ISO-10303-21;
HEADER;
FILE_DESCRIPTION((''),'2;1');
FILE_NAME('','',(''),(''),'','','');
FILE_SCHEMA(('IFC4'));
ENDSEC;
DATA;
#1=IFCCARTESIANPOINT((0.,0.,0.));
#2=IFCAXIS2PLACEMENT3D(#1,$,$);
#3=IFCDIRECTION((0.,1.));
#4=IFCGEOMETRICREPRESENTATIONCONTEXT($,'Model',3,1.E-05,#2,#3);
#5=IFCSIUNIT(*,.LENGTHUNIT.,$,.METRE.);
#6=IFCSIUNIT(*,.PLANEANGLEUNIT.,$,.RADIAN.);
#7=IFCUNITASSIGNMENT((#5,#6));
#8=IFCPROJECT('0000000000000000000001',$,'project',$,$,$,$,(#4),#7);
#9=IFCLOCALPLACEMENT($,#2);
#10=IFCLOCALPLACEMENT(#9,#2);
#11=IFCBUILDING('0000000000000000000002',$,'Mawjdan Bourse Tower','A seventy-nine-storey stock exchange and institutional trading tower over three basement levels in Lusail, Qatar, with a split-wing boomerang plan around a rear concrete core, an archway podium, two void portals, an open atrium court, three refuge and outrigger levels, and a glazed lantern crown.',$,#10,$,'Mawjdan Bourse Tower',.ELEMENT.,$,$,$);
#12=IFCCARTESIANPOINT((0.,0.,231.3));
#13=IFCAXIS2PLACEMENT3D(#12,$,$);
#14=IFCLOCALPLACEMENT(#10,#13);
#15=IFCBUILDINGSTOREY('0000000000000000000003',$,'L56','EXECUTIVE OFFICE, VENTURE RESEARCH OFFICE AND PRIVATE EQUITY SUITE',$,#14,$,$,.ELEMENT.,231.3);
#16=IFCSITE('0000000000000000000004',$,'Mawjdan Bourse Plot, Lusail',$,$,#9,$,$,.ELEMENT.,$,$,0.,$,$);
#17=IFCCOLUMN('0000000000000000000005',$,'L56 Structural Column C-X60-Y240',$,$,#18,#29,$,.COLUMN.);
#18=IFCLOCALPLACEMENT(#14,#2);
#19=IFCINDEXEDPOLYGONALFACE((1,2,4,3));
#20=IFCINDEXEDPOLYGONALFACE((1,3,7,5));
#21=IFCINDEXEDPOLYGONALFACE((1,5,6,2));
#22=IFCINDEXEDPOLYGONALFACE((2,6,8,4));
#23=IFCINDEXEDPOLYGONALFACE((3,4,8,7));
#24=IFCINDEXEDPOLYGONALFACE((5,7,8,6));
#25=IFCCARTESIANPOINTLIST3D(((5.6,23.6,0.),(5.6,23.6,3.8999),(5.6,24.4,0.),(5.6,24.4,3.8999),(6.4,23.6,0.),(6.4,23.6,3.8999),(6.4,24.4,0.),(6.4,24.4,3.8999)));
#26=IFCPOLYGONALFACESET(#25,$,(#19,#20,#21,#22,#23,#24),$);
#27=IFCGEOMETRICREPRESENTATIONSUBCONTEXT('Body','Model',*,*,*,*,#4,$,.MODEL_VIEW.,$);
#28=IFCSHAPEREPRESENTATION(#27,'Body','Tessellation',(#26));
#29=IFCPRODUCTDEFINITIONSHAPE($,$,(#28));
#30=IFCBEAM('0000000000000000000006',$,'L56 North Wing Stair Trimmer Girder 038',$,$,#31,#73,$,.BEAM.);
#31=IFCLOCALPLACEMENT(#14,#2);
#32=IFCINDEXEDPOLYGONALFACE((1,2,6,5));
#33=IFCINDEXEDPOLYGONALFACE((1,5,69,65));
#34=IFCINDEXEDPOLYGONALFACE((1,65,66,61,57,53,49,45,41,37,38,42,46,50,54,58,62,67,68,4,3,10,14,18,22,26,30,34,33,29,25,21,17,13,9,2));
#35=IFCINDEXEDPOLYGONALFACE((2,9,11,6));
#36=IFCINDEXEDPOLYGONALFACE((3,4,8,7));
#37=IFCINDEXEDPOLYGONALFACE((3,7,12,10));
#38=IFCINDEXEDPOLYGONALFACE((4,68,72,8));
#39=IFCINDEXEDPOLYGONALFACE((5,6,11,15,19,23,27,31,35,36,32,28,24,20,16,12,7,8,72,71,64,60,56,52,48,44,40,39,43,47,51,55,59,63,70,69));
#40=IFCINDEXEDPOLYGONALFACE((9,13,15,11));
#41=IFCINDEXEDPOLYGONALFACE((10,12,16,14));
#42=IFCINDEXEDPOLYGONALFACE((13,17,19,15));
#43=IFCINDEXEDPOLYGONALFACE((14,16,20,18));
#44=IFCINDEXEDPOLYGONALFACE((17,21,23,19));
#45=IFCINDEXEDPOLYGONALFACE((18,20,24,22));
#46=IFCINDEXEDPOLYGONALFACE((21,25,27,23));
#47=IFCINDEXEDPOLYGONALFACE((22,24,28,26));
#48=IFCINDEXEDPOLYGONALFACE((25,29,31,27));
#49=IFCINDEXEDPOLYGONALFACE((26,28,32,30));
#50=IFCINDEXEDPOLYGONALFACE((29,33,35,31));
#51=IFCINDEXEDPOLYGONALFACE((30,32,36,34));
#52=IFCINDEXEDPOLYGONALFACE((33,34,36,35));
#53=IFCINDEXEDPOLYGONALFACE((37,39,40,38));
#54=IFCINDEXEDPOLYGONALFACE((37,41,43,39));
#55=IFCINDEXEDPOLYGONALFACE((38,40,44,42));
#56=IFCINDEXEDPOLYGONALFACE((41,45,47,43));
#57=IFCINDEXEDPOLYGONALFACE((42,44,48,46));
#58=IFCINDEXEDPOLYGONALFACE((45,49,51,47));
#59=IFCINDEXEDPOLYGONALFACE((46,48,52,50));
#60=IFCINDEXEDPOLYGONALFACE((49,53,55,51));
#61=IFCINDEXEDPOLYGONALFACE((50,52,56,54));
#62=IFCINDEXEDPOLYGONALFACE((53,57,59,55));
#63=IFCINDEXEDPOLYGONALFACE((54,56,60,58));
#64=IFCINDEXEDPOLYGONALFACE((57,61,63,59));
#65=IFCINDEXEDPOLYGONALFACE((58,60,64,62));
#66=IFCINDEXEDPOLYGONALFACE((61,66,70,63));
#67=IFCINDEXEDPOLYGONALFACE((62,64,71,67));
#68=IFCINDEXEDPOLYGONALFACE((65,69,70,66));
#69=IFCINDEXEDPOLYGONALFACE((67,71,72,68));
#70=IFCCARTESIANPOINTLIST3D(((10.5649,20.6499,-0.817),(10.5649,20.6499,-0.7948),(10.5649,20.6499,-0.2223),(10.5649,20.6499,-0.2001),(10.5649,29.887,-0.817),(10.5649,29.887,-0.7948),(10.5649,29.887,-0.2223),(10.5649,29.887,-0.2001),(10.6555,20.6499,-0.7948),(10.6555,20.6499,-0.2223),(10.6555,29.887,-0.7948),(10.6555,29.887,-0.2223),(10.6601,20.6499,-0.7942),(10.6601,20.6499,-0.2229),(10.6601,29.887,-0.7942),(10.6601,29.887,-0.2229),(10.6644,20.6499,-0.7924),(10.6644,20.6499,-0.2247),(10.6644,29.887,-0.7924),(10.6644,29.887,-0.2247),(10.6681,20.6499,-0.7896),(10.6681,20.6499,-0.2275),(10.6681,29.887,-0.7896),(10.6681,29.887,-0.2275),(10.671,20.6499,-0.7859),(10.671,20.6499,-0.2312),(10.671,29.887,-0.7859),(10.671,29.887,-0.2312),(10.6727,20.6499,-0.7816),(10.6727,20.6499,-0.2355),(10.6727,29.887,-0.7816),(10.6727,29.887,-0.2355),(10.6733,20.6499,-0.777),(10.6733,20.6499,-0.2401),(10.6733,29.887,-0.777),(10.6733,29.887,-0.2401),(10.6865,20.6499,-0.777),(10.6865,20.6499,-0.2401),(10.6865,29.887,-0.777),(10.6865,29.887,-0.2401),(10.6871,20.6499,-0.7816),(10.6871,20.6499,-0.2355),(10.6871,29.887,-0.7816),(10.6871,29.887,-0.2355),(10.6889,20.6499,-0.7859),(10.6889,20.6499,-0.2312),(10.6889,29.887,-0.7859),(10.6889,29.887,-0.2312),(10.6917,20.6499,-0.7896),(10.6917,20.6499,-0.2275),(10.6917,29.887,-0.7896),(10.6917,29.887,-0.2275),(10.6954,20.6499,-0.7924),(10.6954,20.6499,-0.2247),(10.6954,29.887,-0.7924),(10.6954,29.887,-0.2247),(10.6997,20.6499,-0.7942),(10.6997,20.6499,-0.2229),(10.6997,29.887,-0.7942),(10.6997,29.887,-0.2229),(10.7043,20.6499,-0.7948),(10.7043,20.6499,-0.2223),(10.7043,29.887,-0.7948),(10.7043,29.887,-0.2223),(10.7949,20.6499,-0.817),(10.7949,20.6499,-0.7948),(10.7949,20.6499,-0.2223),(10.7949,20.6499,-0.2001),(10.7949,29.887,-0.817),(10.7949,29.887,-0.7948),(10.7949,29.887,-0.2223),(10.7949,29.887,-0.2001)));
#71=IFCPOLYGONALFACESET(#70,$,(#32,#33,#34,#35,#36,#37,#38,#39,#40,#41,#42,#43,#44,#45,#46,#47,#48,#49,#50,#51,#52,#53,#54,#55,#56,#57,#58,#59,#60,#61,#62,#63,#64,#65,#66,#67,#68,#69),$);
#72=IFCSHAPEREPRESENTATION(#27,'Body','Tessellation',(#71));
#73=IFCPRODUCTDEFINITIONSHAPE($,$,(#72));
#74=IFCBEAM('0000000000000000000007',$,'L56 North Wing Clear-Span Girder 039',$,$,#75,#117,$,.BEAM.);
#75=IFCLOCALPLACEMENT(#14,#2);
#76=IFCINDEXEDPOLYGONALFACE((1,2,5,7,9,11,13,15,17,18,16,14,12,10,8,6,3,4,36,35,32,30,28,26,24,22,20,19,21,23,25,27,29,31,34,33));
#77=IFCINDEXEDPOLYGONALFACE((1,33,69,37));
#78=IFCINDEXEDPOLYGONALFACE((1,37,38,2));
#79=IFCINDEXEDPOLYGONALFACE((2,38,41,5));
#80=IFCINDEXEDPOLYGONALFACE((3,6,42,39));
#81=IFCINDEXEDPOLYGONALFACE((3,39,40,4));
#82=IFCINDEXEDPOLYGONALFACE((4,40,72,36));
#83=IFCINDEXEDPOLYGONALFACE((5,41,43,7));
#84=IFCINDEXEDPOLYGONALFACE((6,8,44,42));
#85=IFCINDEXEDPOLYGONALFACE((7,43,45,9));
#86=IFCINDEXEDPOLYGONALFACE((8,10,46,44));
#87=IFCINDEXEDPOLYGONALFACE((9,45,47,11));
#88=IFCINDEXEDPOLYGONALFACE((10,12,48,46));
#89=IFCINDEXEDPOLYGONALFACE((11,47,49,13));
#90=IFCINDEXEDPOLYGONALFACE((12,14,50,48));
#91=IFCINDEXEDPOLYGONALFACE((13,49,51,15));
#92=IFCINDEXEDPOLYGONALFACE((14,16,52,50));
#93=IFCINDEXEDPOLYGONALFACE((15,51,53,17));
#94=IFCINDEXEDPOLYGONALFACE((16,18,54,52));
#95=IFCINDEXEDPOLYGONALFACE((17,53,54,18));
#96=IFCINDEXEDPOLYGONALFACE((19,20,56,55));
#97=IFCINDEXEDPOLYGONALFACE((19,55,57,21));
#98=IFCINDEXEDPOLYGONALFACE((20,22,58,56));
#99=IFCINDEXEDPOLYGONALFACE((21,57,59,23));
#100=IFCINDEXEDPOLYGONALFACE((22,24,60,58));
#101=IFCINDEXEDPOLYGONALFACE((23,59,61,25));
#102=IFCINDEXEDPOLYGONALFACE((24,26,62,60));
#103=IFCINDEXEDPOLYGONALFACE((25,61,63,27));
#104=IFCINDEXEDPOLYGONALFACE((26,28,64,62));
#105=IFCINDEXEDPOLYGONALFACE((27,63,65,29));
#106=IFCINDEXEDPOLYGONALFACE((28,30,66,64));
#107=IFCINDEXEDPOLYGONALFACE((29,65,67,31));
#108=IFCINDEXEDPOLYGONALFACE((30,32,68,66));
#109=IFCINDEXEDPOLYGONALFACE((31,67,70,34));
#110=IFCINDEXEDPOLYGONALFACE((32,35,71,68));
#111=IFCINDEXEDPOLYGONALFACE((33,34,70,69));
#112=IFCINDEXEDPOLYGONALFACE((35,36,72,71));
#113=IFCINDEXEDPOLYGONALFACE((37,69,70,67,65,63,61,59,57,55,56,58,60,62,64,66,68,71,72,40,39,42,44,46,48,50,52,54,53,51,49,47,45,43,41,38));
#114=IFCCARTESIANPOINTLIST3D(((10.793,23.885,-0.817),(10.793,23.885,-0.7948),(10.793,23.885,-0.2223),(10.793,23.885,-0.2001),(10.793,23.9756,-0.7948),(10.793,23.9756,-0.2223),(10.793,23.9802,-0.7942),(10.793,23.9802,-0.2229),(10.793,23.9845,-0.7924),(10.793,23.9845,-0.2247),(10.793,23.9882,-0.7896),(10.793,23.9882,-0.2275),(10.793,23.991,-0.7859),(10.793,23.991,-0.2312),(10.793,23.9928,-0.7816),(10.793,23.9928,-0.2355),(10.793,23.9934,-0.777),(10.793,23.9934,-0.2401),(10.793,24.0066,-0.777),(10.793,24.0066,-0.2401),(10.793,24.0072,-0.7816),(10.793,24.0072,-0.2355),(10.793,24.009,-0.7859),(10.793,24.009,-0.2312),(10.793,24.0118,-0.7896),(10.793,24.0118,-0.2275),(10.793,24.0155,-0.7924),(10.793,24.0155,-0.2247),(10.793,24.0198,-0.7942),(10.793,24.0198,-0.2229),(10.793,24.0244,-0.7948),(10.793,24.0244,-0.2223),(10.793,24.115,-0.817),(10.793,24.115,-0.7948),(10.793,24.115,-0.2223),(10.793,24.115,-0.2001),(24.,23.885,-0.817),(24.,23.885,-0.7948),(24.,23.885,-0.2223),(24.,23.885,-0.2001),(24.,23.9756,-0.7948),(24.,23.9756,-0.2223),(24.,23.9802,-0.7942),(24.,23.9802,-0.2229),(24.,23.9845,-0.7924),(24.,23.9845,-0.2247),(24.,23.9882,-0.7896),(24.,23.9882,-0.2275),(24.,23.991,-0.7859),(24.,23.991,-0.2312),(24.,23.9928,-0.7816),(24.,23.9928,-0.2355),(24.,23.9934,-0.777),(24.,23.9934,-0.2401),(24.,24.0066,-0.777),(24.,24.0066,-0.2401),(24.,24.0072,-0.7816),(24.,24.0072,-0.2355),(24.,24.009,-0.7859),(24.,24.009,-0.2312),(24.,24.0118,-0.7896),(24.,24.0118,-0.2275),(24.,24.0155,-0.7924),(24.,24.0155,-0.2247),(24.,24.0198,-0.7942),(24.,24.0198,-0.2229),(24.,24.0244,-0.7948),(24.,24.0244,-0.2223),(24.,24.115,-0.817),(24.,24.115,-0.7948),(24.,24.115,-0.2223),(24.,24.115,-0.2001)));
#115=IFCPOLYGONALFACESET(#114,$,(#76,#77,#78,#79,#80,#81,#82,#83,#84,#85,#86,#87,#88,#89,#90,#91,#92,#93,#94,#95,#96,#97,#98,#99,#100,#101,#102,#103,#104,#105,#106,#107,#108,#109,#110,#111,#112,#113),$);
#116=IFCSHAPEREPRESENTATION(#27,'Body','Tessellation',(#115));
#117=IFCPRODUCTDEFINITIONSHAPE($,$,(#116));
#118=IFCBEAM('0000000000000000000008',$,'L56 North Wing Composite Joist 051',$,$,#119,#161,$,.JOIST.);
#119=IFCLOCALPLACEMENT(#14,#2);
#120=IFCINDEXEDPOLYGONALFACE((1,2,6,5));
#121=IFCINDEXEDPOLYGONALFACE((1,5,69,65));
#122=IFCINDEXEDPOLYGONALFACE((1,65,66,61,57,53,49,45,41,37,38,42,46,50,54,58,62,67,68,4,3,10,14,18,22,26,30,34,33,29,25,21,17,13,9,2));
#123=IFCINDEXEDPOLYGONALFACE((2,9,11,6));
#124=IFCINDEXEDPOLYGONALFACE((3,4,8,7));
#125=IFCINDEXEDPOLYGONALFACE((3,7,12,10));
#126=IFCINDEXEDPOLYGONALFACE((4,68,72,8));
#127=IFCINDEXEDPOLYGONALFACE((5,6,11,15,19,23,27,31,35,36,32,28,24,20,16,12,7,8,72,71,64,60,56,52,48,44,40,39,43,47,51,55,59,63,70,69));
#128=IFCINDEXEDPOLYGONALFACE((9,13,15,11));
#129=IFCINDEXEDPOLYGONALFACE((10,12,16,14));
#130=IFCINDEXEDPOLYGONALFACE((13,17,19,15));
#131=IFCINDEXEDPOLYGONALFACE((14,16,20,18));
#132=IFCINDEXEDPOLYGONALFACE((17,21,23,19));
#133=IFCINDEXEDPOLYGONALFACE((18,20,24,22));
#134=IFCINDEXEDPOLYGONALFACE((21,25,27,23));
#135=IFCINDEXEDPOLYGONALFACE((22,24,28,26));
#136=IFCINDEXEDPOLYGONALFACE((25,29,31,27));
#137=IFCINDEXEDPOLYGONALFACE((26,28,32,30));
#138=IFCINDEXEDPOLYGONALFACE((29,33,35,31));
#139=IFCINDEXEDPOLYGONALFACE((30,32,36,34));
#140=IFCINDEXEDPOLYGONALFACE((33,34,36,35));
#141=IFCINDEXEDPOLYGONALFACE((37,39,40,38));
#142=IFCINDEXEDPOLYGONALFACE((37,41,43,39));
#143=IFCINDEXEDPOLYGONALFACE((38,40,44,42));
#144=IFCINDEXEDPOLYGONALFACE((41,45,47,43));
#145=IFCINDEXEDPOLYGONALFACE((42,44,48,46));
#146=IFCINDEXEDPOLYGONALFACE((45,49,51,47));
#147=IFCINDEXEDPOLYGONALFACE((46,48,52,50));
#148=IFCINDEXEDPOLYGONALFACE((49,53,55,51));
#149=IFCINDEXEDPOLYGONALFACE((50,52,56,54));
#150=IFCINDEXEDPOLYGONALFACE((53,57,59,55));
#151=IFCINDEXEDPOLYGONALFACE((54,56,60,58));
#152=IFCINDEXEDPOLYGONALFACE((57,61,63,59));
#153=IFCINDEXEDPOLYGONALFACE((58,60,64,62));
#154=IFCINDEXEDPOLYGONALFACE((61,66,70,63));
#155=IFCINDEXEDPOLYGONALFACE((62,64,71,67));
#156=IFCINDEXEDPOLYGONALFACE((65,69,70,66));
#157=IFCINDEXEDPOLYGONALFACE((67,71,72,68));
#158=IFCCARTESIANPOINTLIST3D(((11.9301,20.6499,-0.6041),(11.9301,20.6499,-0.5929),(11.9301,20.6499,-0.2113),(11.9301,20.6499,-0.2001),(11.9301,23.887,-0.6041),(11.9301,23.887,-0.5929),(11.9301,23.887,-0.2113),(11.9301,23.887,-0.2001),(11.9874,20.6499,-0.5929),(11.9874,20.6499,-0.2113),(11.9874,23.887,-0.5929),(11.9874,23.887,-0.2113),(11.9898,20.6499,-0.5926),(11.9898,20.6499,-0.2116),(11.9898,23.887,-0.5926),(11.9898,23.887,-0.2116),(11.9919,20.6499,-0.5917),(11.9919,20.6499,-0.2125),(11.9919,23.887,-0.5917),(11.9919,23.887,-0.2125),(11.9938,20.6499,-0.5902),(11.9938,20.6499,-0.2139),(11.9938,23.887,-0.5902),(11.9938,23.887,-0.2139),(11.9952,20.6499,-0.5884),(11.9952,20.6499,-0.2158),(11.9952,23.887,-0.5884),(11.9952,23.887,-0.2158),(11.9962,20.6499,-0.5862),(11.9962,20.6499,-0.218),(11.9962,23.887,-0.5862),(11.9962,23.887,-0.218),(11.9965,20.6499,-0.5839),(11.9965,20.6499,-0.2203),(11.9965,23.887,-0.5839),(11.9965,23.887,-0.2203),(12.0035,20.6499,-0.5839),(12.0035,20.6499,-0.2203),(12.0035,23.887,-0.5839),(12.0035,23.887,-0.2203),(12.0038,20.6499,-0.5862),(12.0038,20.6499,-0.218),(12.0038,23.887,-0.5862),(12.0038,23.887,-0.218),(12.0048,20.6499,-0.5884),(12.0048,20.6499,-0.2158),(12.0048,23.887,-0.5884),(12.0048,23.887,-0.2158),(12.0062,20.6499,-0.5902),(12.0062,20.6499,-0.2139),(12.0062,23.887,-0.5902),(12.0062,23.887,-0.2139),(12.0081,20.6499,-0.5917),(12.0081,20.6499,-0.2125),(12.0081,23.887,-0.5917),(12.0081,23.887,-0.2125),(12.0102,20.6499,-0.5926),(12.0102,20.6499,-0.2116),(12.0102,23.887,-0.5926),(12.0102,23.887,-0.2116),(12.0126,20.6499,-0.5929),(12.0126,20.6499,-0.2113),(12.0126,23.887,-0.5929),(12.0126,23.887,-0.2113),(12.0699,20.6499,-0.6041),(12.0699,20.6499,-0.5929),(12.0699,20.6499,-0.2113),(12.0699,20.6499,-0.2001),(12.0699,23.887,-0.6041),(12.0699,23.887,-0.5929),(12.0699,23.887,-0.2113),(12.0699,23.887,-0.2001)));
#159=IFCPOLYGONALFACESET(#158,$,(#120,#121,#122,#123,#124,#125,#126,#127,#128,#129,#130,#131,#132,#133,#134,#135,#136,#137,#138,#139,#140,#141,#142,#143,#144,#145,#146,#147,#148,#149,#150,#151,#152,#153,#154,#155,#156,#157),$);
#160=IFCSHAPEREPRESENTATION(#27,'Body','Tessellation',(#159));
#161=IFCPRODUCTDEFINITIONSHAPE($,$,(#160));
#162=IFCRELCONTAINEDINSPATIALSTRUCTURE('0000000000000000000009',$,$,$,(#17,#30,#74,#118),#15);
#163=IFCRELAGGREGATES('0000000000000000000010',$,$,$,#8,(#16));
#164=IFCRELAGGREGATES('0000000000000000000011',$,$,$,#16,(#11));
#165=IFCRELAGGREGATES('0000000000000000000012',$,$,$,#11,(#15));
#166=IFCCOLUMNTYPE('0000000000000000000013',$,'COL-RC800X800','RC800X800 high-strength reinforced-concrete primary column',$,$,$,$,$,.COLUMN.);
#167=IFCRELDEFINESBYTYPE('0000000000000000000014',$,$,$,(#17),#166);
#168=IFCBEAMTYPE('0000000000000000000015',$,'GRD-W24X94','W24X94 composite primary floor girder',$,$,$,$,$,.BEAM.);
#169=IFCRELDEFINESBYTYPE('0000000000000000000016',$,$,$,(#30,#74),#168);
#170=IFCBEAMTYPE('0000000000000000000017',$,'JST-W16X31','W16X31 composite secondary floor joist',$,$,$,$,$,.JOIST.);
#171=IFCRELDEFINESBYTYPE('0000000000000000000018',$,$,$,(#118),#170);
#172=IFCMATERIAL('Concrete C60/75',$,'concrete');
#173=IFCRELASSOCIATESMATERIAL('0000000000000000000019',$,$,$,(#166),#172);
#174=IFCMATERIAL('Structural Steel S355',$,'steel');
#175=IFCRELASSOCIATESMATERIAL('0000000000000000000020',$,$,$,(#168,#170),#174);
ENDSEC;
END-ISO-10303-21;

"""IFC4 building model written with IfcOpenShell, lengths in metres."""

from ifc_helpers import new_model, si_unit, direction, frame, origin, origin_2d, place, context, subcontext, project, spatial, rectangle, i_section, extrude, material, material_profile, profile_set, type_object, element, save


model = new_model("IFC4")

# Units and contexts
model_context = context("Model", 3, precision=1e-05, world=origin(), true_north=direction((0.0, 1.0)))
body_context = subcontext(model_context, "Body", "Model", "MODEL_VIEW")
ifc_project = project(units=[si_unit("LENGTHUNIT", "METRE"), si_unit("PLANEANGLEUNIT", "RADIAN")], contexts=[model_context])

# Site, building, storey
site_placement = place(None, origin())
site = spatial("IfcSite", under=ifc_project, at=site_placement, Name="Mawjdan Bourse Plot, Lusail", CompositionType="ELEMENT", RefElevation=0.0)
building_placement = place(site_placement, origin())
building = spatial("IfcBuilding", under=site, at=building_placement, Name="Mawjdan Bourse Tower", Description="A seventy-nine-storey stock exchange and institutional trading tower over three basement levels in Lusail, Qatar, with a split-wing boomerang plan around a rear concrete core, an archway podium, two void portals, an open atrium court, three refuge and outrigger levels, and a glazed lantern crown.", LongName="Mawjdan Bourse Tower", CompositionType="ELEMENT")
storey_placement = place(building_placement, frame((0.0, 0.0, 231.3)))
storey = spatial("IfcBuildingStorey", under=building, at=storey_placement, Name="L56", Description="EXECUTIVE OFFICE, VENTURE RESEARCH OFFICE AND PRIVATE EQUITY SUITE", CompositionType="ELEMENT", Elevation=231.3)

# Column
ifc_material_1 = material(Name="Concrete C60/75", Category="concrete")
ifc_material_profile_1 = material_profile(ifc_material_1, rectangle(XDim=0.8, YDim=0.8, at=origin_2d()), Name="RC800X800")
ifc_profile_set_1 = profile_set([ifc_material_profile_1], Name="Concrete C60/75")
column_type = type_object("IfcColumnType", Name="COL-RC800X800", Description="RC800X800 high-strength reinforced-concrete primary column", PredefinedType="COLUMN", material=ifc_profile_set_1)
column_placement = place(storey_placement, frame((6.0, 24.0, 0.0), z_axis=(0.0, 0.0, 1.0), x_axis=(1.0, 0.0, 0.0)))
element("IfcColumn", 1, at=column_placement, inside=storey, type_object=column_type, Name="L56 Structural Column C-X60-Y240", PredefinedType="COLUMN", context=body_context, shape_type="SweptSolid", body=[
    extrude(rectangle(XDim=0.8, YDim=0.8, at=origin_2d()), origin(), (0.0, 0.0, 1.0), 3.8999),
])

# Beams
ifc_material_2 = material(Name="Structural Steel S355", Category="steel")
ifc_material_profile_2 = material_profile(ifc_material_2, i_section(OverallWidth=0.23, OverallDepth=0.6169, WebThickness=0.0132, FlangeThickness=0.0222, FilletRadius=0.0178, at=origin_2d()), Name="W24X94")
ifc_profile_set_2 = profile_set([ifc_material_profile_2], Name="Structural Steel S355")
beam_type_1 = type_object("IfcBeamType", Name="GRD-W24X94", Description="W24X94 composite primary floor girder", PredefinedType="BEAM", material=ifc_profile_set_2)
beam_1_placement = place(storey_placement, frame((10.6799, 20.6499, -0.5085), z_axis=(0.0, 1.0, 0.0), x_axis=(-1.0, 0.0, 0.0)))
element("IfcBeam", 2, at=beam_1_placement, inside=storey, type_object=beam_type_1, Name="L56 North Wing Stair Trimmer Girder 038", PredefinedType="BEAM", context=body_context, shape_type="SweptSolid", body=[
    extrude(i_section(OverallWidth=0.23, OverallDepth=0.6169, WebThickness=0.0132, FlangeThickness=0.0222, FilletRadius=0.0178, at=origin_2d()), origin(), (0.0, 0.0, 1.0), 9.2371),
])
beam_2_placement = place(storey_placement, frame((10.793, 24.0, -0.5085), z_axis=(1.0, 0.0, 0.0), x_axis=(0.0, 1.0, 0.0)))
element("IfcBeam", 3, at=beam_2_placement, inside=storey, type_object=beam_type_1, Name="L56 North Wing Clear-Span Girder 039", PredefinedType="BEAM", context=body_context, shape_type="SweptSolid", body=[
    extrude(i_section(OverallWidth=0.23, OverallDepth=0.6169, WebThickness=0.0132, FlangeThickness=0.0222, FilletRadius=0.0178, at=origin_2d()), origin(), (0.0, 0.0, 1.0), 13.207),
])
ifc_material_profile_3 = material_profile(ifc_material_2, i_section(OverallWidth=0.1399, OverallDepth=0.4041, WebThickness=0.0071, FlangeThickness=0.0112, FilletRadius=0.009, at=origin_2d()), Name="W16X31")
ifc_profile_set_3 = profile_set([ifc_material_profile_3], Name="Structural Steel S355")
beam_type_2 = type_object("IfcBeamType", Name="JST-W16X31", Description="W16X31 composite secondary floor joist", PredefinedType="JOIST", material=ifc_profile_set_3)
beam_3_placement = place(storey_placement, frame((12.0, 20.6499, -0.4021), z_axis=(0.0, 1.0, 0.0), x_axis=(-1.0, 0.0, 0.0)))
element("IfcBeam", 4, at=beam_3_placement, inside=storey, type_object=beam_type_2, Name="L56 North Wing Composite Joist 051", PredefinedType="JOIST", context=body_context, shape_type="SweptSolid", body=[
    extrude(i_section(OverallWidth=0.1399, OverallDepth=0.4041, WebThickness=0.0071, FlangeThickness=0.0112, FilletRadius=0.009, at=origin_2d()), origin(), (0.0, 0.0, 1.0), 3.2371),
])

save(model, "model.ifc")
